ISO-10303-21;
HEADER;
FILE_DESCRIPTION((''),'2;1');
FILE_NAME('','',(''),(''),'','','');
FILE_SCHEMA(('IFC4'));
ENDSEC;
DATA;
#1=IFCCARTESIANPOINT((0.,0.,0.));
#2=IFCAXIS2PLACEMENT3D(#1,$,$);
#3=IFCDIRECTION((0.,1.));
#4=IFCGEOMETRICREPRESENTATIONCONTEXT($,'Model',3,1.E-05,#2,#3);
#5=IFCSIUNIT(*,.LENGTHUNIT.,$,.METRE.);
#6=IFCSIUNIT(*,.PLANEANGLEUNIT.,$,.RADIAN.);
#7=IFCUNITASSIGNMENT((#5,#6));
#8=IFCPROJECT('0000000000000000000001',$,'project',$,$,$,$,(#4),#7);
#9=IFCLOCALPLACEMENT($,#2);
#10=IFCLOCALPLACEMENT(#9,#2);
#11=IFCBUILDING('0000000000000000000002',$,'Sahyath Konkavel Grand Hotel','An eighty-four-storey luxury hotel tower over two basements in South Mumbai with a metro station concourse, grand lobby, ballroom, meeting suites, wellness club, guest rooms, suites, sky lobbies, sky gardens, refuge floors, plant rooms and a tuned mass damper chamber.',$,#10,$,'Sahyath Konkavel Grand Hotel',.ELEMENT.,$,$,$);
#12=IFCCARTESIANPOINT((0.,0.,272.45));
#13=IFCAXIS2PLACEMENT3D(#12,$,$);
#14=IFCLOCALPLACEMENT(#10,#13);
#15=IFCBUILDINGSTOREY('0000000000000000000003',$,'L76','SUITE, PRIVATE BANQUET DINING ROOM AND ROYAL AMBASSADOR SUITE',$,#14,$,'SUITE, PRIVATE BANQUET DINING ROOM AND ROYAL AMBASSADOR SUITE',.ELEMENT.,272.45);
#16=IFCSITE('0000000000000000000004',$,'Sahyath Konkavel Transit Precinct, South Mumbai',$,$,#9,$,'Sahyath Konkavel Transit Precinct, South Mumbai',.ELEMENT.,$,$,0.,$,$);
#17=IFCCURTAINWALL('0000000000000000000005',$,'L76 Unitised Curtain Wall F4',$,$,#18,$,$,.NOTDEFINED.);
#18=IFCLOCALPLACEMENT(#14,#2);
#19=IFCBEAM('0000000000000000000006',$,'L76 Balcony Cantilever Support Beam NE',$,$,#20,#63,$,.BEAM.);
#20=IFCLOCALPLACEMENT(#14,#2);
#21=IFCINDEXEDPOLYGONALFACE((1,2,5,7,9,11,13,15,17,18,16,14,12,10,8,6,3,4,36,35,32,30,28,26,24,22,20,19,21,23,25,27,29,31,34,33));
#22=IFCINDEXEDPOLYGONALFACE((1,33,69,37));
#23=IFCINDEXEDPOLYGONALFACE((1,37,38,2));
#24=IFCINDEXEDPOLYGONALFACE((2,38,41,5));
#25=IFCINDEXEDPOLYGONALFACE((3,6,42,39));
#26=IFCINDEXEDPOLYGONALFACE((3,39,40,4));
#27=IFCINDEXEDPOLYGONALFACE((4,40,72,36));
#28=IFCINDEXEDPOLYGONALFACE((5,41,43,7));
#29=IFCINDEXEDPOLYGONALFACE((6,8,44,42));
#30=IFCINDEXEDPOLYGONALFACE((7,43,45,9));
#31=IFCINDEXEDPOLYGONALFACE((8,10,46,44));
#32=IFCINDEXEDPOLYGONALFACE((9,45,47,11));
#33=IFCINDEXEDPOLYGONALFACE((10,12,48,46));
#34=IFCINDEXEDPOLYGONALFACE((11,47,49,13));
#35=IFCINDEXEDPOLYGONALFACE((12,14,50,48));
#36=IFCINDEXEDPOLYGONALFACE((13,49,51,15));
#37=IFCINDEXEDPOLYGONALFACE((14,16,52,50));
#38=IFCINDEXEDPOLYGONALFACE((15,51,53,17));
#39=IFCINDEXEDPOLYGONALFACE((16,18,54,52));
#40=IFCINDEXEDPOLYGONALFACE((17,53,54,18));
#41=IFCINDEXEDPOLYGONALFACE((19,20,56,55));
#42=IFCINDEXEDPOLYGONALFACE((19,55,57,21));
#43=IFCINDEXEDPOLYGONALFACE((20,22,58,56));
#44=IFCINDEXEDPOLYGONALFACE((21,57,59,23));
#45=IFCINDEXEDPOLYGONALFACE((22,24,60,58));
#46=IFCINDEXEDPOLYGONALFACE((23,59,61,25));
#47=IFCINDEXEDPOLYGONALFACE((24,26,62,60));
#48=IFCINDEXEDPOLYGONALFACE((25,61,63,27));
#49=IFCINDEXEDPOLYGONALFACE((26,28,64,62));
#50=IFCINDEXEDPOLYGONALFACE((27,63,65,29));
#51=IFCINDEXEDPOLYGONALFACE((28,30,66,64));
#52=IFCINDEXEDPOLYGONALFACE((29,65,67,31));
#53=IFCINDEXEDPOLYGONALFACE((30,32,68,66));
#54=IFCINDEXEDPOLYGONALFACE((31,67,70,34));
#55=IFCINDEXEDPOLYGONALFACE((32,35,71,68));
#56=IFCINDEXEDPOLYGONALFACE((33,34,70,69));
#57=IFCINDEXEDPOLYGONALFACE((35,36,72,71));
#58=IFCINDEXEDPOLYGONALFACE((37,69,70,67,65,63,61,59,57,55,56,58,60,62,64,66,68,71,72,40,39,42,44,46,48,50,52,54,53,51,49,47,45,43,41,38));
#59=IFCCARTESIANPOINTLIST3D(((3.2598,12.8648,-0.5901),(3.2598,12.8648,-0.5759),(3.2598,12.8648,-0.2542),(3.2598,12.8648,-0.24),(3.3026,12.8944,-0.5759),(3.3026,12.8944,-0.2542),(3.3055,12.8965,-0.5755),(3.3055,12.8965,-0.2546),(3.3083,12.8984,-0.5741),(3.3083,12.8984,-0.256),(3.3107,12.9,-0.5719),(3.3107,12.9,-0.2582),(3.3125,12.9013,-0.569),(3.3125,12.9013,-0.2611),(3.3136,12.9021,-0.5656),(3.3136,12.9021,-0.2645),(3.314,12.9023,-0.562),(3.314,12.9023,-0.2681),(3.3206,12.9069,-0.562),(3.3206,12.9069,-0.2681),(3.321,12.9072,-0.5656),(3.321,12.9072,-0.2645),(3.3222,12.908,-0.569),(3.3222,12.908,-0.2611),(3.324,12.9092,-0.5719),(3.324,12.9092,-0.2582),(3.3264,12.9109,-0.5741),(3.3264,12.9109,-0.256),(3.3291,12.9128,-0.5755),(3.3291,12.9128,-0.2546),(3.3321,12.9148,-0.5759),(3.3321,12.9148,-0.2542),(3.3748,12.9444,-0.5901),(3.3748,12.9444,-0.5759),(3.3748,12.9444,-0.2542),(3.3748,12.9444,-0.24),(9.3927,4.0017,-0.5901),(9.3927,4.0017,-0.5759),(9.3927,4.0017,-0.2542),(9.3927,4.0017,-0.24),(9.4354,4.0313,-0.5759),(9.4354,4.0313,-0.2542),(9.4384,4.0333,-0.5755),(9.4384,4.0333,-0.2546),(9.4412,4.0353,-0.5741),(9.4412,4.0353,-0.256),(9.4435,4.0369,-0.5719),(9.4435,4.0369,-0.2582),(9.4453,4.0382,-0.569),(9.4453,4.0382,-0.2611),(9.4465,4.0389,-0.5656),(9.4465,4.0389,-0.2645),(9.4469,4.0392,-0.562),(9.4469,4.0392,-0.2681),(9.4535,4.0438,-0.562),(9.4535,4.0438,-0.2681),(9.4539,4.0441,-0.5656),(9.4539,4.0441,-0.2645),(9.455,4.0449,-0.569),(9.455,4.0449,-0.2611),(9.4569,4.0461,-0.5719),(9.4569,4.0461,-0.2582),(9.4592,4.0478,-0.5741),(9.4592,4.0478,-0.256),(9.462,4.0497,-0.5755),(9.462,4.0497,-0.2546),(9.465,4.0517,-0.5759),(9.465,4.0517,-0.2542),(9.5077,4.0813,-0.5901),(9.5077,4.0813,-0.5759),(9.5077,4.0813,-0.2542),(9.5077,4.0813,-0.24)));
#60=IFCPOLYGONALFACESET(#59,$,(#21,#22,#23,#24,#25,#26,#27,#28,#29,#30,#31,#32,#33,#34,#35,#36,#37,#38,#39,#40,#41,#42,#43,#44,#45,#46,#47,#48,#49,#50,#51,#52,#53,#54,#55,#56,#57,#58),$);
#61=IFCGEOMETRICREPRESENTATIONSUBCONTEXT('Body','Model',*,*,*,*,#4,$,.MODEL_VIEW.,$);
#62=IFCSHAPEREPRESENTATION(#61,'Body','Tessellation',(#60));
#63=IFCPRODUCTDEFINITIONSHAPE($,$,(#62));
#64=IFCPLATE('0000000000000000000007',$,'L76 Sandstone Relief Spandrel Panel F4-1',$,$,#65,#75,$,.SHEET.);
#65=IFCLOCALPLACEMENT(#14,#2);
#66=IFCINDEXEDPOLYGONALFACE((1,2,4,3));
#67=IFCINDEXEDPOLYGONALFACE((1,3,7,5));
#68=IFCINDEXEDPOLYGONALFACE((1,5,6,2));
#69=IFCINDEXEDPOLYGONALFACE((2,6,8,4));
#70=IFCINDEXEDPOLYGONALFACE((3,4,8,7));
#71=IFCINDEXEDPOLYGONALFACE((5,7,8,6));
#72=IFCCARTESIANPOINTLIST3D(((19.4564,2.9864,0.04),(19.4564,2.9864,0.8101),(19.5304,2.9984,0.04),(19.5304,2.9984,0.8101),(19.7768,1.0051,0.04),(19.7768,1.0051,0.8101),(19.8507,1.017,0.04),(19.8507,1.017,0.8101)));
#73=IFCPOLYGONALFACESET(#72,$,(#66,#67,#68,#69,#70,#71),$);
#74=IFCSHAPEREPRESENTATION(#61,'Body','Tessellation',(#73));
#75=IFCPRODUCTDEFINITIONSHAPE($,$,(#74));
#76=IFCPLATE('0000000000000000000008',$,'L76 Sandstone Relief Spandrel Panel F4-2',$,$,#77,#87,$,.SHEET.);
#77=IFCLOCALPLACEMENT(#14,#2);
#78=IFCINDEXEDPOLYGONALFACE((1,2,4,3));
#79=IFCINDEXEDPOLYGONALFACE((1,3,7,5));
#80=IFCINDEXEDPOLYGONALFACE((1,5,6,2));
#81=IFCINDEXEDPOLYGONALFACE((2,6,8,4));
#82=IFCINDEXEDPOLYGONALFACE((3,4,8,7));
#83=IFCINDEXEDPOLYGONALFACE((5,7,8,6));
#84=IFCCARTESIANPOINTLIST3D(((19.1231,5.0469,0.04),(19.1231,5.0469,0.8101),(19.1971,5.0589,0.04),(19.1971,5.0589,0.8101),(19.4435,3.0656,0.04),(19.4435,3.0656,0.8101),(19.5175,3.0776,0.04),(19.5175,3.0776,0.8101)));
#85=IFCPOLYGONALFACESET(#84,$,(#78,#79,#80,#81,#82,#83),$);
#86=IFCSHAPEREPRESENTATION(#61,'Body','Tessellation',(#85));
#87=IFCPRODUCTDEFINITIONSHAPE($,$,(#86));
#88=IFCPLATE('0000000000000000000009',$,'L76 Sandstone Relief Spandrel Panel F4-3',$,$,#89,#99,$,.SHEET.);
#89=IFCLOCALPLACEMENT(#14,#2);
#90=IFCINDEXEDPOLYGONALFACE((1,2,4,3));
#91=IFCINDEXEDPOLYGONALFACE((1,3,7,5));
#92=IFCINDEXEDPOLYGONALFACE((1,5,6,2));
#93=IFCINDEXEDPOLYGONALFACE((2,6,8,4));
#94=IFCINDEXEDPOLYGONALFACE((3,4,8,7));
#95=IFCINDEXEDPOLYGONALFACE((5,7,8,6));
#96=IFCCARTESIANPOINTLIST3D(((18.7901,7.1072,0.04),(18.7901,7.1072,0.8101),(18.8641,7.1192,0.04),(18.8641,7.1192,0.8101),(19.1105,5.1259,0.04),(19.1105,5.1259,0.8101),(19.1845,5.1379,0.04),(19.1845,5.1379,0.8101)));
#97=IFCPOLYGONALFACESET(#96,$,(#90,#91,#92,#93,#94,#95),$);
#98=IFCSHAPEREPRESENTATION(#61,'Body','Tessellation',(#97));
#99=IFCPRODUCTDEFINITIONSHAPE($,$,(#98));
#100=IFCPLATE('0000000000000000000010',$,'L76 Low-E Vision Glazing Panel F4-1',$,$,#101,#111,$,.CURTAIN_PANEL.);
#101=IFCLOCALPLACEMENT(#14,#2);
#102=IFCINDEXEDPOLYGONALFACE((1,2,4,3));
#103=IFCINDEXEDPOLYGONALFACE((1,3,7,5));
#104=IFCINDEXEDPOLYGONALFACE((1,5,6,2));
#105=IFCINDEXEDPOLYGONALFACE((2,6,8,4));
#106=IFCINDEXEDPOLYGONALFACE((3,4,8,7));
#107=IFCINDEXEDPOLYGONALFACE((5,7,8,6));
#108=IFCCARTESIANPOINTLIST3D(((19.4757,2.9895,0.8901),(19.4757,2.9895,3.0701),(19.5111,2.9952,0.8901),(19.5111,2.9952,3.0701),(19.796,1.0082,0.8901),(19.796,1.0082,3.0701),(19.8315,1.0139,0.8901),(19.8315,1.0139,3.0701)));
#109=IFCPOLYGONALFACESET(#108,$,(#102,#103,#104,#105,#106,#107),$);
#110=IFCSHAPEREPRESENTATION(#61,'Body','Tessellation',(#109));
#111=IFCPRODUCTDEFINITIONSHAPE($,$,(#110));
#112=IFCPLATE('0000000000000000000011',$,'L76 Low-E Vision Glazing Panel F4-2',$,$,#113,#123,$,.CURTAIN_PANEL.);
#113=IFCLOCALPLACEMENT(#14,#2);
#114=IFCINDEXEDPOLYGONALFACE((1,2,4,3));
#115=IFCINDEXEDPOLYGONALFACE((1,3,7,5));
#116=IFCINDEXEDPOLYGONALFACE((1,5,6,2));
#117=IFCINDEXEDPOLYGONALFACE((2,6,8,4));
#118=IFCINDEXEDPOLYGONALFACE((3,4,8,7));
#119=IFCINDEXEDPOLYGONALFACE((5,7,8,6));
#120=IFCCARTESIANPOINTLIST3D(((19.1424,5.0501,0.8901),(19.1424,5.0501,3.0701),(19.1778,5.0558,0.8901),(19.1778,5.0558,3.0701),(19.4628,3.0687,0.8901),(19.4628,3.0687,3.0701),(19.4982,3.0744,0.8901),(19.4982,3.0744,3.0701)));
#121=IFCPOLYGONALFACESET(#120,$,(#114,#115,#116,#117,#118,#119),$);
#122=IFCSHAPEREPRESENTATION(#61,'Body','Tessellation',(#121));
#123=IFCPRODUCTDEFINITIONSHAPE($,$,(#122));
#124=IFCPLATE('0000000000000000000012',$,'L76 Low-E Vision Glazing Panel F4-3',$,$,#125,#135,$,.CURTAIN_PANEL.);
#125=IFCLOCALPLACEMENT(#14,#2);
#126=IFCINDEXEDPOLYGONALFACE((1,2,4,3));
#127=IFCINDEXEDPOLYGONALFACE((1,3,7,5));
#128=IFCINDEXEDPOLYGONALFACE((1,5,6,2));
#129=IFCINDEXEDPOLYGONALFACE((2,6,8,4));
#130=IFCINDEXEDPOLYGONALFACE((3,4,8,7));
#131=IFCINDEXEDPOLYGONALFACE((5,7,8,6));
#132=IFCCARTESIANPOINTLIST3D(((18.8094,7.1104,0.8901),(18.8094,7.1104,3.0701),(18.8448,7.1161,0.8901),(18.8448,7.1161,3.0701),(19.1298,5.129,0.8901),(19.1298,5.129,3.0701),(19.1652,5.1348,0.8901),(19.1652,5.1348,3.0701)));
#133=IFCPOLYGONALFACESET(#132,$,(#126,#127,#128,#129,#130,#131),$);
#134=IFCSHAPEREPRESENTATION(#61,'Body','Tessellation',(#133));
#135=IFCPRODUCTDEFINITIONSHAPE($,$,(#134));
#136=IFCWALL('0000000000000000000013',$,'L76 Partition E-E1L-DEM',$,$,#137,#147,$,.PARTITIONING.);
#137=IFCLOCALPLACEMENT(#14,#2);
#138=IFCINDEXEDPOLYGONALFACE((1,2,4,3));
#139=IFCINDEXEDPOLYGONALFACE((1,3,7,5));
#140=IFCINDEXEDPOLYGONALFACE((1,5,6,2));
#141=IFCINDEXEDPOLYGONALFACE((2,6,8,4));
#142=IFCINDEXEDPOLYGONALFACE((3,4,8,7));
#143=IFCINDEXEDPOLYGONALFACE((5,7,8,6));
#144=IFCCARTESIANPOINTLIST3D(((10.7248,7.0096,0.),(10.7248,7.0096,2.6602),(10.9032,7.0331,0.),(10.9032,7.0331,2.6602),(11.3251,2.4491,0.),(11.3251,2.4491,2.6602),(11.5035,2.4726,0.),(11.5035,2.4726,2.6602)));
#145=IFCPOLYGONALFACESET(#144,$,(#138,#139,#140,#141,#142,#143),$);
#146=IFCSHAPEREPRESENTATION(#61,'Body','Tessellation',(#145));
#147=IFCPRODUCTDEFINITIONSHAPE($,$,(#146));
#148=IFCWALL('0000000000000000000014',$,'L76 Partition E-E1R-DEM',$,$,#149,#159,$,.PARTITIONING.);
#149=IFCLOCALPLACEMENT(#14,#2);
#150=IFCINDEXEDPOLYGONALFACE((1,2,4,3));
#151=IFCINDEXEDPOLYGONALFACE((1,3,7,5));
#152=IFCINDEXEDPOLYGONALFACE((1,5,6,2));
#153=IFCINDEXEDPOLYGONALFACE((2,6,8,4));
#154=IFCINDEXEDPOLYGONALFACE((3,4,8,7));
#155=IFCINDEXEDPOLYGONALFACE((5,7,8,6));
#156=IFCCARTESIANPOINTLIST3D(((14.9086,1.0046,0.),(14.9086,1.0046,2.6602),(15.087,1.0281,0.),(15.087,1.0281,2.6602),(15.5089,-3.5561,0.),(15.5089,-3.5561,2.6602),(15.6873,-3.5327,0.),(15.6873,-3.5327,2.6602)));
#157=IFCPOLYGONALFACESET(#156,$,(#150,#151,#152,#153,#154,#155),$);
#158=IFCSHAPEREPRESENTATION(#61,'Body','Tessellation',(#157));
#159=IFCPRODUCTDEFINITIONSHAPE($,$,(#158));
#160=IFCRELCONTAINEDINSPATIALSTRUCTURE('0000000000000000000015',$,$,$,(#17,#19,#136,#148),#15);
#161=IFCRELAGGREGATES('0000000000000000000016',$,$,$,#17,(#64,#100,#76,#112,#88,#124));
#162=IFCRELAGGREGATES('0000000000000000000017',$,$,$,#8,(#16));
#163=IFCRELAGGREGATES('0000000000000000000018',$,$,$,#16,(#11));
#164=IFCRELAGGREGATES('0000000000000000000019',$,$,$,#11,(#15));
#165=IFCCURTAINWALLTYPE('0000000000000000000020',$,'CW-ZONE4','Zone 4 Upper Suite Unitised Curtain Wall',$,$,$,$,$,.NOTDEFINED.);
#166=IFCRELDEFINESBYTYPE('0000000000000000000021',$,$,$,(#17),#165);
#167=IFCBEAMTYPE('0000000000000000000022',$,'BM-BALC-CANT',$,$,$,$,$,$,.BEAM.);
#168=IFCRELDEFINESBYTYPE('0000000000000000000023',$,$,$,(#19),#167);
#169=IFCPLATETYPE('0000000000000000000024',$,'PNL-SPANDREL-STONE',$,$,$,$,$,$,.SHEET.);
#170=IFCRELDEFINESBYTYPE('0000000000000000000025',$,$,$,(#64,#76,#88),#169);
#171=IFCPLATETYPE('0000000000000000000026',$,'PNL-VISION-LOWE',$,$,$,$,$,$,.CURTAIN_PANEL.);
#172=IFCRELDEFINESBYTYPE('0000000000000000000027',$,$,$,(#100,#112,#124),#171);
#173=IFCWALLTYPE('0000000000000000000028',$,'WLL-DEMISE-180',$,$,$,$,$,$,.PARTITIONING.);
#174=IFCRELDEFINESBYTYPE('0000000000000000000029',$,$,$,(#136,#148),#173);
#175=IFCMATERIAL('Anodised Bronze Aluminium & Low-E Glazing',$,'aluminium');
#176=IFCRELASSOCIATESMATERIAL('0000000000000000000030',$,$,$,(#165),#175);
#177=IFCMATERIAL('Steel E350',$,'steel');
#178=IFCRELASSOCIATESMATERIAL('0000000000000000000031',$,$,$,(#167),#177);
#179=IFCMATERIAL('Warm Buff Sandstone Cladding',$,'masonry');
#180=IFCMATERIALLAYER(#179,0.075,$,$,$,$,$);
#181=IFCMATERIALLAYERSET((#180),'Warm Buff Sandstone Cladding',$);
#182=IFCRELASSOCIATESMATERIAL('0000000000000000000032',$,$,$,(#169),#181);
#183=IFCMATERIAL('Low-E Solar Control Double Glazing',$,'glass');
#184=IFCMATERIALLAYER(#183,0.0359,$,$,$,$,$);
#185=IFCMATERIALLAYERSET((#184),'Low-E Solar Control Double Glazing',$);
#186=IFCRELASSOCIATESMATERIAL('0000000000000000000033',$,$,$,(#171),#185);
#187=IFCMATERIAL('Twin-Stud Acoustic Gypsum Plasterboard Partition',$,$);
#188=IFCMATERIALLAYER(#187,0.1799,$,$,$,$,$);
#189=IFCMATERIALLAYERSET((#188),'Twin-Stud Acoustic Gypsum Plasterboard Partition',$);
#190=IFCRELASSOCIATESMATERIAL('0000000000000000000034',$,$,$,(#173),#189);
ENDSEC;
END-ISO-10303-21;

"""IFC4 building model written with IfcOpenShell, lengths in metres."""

from ifc_helpers import new_model, si_unit, direction, frame, frame_2d, origin, origin_2d, place, context, subcontext, project, spatial, rectangle, i_section, extrude, source, transform, mapped, material, layer, layer_set, material_profile, profile_set, type_object, element, aggregate, save


model = new_model("IFC4")

# Units and contexts
model_context = context("Model", 3, precision=1e-05, world=origin(), true_north=direction((0.0, 1.0)))
body_context = subcontext(model_context, "Body", "Model", "MODEL_VIEW")
ifc_project = project(units=[si_unit("LENGTHUNIT", "METRE"), si_unit("PLANEANGLEUNIT", "RADIAN")], contexts=[model_context])

# Site, building, storey
site_placement = place(None, origin())
site = spatial("IfcSite", under=ifc_project, at=site_placement, Name="Sahyath Konkavel Transit Precinct, South Mumbai", LongName="Sahyath Konkavel Transit Precinct, South Mumbai", CompositionType="ELEMENT", RefElevation=0.0)
building_placement = place(site_placement, origin())
building = spatial("IfcBuilding", under=site, at=building_placement, Name="Sahyath Konkavel Grand Hotel", Description="An eighty-four-storey luxury hotel tower over two basements in South Mumbai with a metro station concourse, grand lobby, ballroom, meeting suites, wellness club, guest rooms, suites, sky lobbies, sky gardens, refuge floors, plant rooms and a tuned mass damper chamber.", LongName="Sahyath Konkavel Grand Hotel", CompositionType="ELEMENT")
storey_placement = place(building_placement, frame((0.0, 0.0, 272.45)))
storey = spatial("IfcBuildingStorey", under=building, at=storey_placement, Name="L76", Description="SUITE, PRIVATE BANQUET DINING ROOM AND ROYAL AMBASSADOR SUITE", LongName="SUITE, PRIVATE BANQUET DINING ROOM AND ROYAL AMBASSADOR SUITE", CompositionType="ELEMENT", Elevation=272.45)

# Curtain wall
ifc_material_1 = material(Name="Anodised Bronze Aluminium & Low-E Glazing", Category="aluminium")
curtain_wall_type = type_object("IfcCurtainWallType", Name="CW-ZONE4", Description="Zone 4 Upper Suite Unitised Curtain Wall", PredefinedType="NOTDEFINED", material=ifc_material_1)
curtain_wall_1_placement = place(storey_placement, origin())
curtain_wall_1 = element("IfcCurtainWall", 1, at=curtain_wall_1_placement, inside=storey, type_object=curtain_wall_type, Name="L76 Unitised Curtain Wall F4", PredefinedType="NOTDEFINED")

# Beam
ifc_material_2 = material(Name="Steel E350", Category="steel")
ifc_material_profile_1 = material_profile(ifc_material_2, i_section(OverallWidth=0.1399, OverallDepth=0.3501, WebThickness=0.0081, FlangeThickness=0.0142, FilletRadius=0.0139, at=origin_2d()), Name="ISMB 350")
ifc_profile_set_1 = profile_set([ifc_material_profile_1], Name="Steel E350")
beam_type = type_object("IfcBeamType", Name="BM-BALC-CANT", PredefinedType="BEAM", material=ifc_profile_set_1)
shared_shape_1 = source(origin(), body_context, "Body", "SweptSolid", [
    extrude(i_section(OverallWidth=0.1399, OverallDepth=0.3501, WebThickness=0.0081, FlangeThickness=0.0142, FilletRadius=0.0139, at=origin_2d()), origin(), (0.0, 0.0, 1.0), 10.7781),
])
beam_placement = place(storey_placement, frame((9.4502, 4.0415, -0.415), z_axis=(-0.569013, 0.822328, 0.0), x_axis=(-0.822328, -0.569013, 0.0)))
element("IfcBeam", 2, at=beam_placement, inside=storey, type_object=beam_type, Name="L76 Balcony Cantilever Support Beam NE", PredefinedType="BEAM", context=body_context, shape_type="MappedRepresentation", body=[
    mapped(shared_shape_1, transform((0.0, 0.0, 0.0), scale=1.0)),
])

# Plates
ifc_material_3 = material(Name="Warm Buff Sandstone Cladding", Category="masonry")
ifc_layer_1 = layer(ifc_material_3, 0.075)
ifc_layer_set_1 = layer_set([ifc_layer_1], Name="Warm Buff Sandstone Cladding")
plate_type_1 = type_object("IfcPlateType", Name="PNL-SPANDREL-STONE", PredefinedType="SHEET", material=ifc_layer_set_1)
shared_shape_2 = source(origin(), body_context, "Body", "SweptSolid", [
    extrude(rectangle(XDim=2.0071, YDim=0.075, at=origin_2d()), origin(), (0.0, 0.0, 1.0), 0.77),
])
plate_1_placement = place(storey_placement, frame((19.6536, 2.0017, 0.04), z_axis=(0.0, 0.0, 1.0), x_axis=(-0.159623, 0.987178, 0.0)))
plate_1 = element("IfcPlate", 3, at=plate_1_placement, type_object=plate_type_1, Name="L76 Sandstone Relief Spandrel Panel F4-1", PredefinedType="SHEET", context=body_context, shape_type="MappedRepresentation", body=[
    mapped(shared_shape_2, transform((0.0, 0.0, 0.0), scale=1.0)),
])
plate_2_placement = place(storey_placement, frame((19.3203, 4.0623, 0.04), z_axis=(0.0, 0.0, 1.0), x_axis=(-0.159623, 0.987178, 0.0)))
plate_2 = element("IfcPlate", 4, at=plate_2_placement, type_object=plate_type_1, Name="L76 Sandstone Relief Spandrel Panel F4-2", PredefinedType="SHEET", context=body_context, shape_type="MappedRepresentation", body=[
    mapped(shared_shape_2, transform((0.0, 0.0, 0.0), scale=1.0)),
])
plate_3_placement = place(storey_placement, frame((18.9873, 6.1226, 0.04), z_axis=(0.0, 0.0, 1.0), x_axis=(-0.159623, 0.987178, 0.0)))
plate_3 = element("IfcPlate", 5, at=plate_3_placement, type_object=plate_type_1, Name="L76 Sandstone Relief Spandrel Panel F4-3", PredefinedType="SHEET", context=body_context, shape_type="MappedRepresentation", body=[
    mapped(shared_shape_2, transform((0.0, 0.0, 0.0), scale=1.0)),
])
ifc_material_4 = material(Name="Low-E Solar Control Double Glazing", Category="glass")
ifc_layer_2 = layer(ifc_material_4, 0.0359)
ifc_layer_set_2 = layer_set([ifc_layer_2], Name="Low-E Solar Control Double Glazing")
plate_type_2 = type_object("IfcPlateType", Name="PNL-VISION-LOWE", PredefinedType="CURTAIN_PANEL", material=ifc_layer_set_2)
shared_shape_3 = source(origin(), body_context, "Body", "SweptSolid", [
    extrude(rectangle(XDim=2.0071, YDim=0.0359, at=origin_2d()), origin(), (0.0, 0.0, 1.0), 2.1799),
])
plate_4_placement = place(storey_placement, frame((19.6536, 2.0017, 0.8901), z_axis=(0.0, 0.0, 1.0), x_axis=(-0.159623, 0.987178, 0.0)))
plate_4 = element("IfcPlate", 6, at=plate_4_placement, type_object=plate_type_2, Name="L76 Low-E Vision Glazing Panel F4-1", PredefinedType="CURTAIN_PANEL", context=body_context, shape_type="MappedRepresentation", body=[
    mapped(shared_shape_3, transform((0.0, 0.0, 0.0), scale=1.0)),
])
plate_5_placement = place(storey_placement, frame((19.3203, 4.0623, 0.8901), z_axis=(0.0, 0.0, 1.0), x_axis=(-0.159623, 0.987178, 0.0)))
plate_5 = element("IfcPlate", 7, at=plate_5_placement, type_object=plate_type_2, Name="L76 Low-E Vision Glazing Panel F4-2", PredefinedType="CURTAIN_PANEL", context=body_context, shape_type="MappedRepresentation", body=[
    mapped(shared_shape_3, transform((0.0, 0.0, 0.0), scale=1.0)),
])
plate_6_placement = place(storey_placement, frame((18.9873, 6.1226, 0.8901), z_axis=(0.0, 0.0, 1.0), x_axis=(-0.159623, 0.987178, 0.0)))
plate_6 = element("IfcPlate", 8, at=plate_6_placement, type_object=plate_type_2, Name="L76 Low-E Vision Glazing Panel F4-3", PredefinedType="CURTAIN_PANEL", context=body_context, shape_type="MappedRepresentation", body=[
    mapped(shared_shape_3, transform((0.0, 0.0, 0.0), scale=1.0)),
])
aggregate(curtain_wall_1, [plate_1, plate_4, plate_2, plate_5, plate_3, plate_6])

# Walls
ifc_material_5 = material(Name="Twin-Stud Acoustic Gypsum Plasterboard Partition")
ifc_layer_3 = layer(ifc_material_5, 0.1799)
ifc_layer_set_3 = layer_set([ifc_layer_3], Name="Twin-Stud Acoustic Gypsum Plasterboard Partition")
wall_type_1 = type_object("IfcWallType", Name="WLL-DEMISE-180", PredefinedType="PARTITIONING", material=ifc_layer_set_3)
wall_1_placement = place(storey_placement, frame((11.4143, 2.4609, 0.0), z_axis=(0.0, 0.0, 1.0), x_axis=(-0.130512, 0.991447, 0.0)))
element("IfcWall", 9, at=wall_1_placement, inside=storey, type_object=wall_type_1, Name="L76 Partition E-E1L-DEM", PredefinedType="PARTITIONING", context=body_context, shape_type="SweptSolid", body=[
    extrude(rectangle(XDim=4.5999, YDim=0.1799, at=frame_2d((2.2998, 0.0))), origin(), (0.0, 0.0, 1.0), 2.6602),
])
wall_2_placement = place(storey_placement, frame((14.9978, 1.0164, 0.0), z_axis=(0.0, 0.0, 1.0), x_axis=(0.130505, -0.991448, 0.0)))
element("IfcWall", 10, at=wall_2_placement, inside=storey, type_object=wall_type_1, Name="L76 Partition E-E1R-DEM", PredefinedType="PARTITIONING", context=body_context, shape_type="SweptSolid", body=[
    extrude(rectangle(XDim=4.6001, YDim=0.1799, at=frame_2d((2.3, 0.0))), origin(), (0.0, 0.0, 1.0), 2.6602),
])

save(model, "model.ifc")
